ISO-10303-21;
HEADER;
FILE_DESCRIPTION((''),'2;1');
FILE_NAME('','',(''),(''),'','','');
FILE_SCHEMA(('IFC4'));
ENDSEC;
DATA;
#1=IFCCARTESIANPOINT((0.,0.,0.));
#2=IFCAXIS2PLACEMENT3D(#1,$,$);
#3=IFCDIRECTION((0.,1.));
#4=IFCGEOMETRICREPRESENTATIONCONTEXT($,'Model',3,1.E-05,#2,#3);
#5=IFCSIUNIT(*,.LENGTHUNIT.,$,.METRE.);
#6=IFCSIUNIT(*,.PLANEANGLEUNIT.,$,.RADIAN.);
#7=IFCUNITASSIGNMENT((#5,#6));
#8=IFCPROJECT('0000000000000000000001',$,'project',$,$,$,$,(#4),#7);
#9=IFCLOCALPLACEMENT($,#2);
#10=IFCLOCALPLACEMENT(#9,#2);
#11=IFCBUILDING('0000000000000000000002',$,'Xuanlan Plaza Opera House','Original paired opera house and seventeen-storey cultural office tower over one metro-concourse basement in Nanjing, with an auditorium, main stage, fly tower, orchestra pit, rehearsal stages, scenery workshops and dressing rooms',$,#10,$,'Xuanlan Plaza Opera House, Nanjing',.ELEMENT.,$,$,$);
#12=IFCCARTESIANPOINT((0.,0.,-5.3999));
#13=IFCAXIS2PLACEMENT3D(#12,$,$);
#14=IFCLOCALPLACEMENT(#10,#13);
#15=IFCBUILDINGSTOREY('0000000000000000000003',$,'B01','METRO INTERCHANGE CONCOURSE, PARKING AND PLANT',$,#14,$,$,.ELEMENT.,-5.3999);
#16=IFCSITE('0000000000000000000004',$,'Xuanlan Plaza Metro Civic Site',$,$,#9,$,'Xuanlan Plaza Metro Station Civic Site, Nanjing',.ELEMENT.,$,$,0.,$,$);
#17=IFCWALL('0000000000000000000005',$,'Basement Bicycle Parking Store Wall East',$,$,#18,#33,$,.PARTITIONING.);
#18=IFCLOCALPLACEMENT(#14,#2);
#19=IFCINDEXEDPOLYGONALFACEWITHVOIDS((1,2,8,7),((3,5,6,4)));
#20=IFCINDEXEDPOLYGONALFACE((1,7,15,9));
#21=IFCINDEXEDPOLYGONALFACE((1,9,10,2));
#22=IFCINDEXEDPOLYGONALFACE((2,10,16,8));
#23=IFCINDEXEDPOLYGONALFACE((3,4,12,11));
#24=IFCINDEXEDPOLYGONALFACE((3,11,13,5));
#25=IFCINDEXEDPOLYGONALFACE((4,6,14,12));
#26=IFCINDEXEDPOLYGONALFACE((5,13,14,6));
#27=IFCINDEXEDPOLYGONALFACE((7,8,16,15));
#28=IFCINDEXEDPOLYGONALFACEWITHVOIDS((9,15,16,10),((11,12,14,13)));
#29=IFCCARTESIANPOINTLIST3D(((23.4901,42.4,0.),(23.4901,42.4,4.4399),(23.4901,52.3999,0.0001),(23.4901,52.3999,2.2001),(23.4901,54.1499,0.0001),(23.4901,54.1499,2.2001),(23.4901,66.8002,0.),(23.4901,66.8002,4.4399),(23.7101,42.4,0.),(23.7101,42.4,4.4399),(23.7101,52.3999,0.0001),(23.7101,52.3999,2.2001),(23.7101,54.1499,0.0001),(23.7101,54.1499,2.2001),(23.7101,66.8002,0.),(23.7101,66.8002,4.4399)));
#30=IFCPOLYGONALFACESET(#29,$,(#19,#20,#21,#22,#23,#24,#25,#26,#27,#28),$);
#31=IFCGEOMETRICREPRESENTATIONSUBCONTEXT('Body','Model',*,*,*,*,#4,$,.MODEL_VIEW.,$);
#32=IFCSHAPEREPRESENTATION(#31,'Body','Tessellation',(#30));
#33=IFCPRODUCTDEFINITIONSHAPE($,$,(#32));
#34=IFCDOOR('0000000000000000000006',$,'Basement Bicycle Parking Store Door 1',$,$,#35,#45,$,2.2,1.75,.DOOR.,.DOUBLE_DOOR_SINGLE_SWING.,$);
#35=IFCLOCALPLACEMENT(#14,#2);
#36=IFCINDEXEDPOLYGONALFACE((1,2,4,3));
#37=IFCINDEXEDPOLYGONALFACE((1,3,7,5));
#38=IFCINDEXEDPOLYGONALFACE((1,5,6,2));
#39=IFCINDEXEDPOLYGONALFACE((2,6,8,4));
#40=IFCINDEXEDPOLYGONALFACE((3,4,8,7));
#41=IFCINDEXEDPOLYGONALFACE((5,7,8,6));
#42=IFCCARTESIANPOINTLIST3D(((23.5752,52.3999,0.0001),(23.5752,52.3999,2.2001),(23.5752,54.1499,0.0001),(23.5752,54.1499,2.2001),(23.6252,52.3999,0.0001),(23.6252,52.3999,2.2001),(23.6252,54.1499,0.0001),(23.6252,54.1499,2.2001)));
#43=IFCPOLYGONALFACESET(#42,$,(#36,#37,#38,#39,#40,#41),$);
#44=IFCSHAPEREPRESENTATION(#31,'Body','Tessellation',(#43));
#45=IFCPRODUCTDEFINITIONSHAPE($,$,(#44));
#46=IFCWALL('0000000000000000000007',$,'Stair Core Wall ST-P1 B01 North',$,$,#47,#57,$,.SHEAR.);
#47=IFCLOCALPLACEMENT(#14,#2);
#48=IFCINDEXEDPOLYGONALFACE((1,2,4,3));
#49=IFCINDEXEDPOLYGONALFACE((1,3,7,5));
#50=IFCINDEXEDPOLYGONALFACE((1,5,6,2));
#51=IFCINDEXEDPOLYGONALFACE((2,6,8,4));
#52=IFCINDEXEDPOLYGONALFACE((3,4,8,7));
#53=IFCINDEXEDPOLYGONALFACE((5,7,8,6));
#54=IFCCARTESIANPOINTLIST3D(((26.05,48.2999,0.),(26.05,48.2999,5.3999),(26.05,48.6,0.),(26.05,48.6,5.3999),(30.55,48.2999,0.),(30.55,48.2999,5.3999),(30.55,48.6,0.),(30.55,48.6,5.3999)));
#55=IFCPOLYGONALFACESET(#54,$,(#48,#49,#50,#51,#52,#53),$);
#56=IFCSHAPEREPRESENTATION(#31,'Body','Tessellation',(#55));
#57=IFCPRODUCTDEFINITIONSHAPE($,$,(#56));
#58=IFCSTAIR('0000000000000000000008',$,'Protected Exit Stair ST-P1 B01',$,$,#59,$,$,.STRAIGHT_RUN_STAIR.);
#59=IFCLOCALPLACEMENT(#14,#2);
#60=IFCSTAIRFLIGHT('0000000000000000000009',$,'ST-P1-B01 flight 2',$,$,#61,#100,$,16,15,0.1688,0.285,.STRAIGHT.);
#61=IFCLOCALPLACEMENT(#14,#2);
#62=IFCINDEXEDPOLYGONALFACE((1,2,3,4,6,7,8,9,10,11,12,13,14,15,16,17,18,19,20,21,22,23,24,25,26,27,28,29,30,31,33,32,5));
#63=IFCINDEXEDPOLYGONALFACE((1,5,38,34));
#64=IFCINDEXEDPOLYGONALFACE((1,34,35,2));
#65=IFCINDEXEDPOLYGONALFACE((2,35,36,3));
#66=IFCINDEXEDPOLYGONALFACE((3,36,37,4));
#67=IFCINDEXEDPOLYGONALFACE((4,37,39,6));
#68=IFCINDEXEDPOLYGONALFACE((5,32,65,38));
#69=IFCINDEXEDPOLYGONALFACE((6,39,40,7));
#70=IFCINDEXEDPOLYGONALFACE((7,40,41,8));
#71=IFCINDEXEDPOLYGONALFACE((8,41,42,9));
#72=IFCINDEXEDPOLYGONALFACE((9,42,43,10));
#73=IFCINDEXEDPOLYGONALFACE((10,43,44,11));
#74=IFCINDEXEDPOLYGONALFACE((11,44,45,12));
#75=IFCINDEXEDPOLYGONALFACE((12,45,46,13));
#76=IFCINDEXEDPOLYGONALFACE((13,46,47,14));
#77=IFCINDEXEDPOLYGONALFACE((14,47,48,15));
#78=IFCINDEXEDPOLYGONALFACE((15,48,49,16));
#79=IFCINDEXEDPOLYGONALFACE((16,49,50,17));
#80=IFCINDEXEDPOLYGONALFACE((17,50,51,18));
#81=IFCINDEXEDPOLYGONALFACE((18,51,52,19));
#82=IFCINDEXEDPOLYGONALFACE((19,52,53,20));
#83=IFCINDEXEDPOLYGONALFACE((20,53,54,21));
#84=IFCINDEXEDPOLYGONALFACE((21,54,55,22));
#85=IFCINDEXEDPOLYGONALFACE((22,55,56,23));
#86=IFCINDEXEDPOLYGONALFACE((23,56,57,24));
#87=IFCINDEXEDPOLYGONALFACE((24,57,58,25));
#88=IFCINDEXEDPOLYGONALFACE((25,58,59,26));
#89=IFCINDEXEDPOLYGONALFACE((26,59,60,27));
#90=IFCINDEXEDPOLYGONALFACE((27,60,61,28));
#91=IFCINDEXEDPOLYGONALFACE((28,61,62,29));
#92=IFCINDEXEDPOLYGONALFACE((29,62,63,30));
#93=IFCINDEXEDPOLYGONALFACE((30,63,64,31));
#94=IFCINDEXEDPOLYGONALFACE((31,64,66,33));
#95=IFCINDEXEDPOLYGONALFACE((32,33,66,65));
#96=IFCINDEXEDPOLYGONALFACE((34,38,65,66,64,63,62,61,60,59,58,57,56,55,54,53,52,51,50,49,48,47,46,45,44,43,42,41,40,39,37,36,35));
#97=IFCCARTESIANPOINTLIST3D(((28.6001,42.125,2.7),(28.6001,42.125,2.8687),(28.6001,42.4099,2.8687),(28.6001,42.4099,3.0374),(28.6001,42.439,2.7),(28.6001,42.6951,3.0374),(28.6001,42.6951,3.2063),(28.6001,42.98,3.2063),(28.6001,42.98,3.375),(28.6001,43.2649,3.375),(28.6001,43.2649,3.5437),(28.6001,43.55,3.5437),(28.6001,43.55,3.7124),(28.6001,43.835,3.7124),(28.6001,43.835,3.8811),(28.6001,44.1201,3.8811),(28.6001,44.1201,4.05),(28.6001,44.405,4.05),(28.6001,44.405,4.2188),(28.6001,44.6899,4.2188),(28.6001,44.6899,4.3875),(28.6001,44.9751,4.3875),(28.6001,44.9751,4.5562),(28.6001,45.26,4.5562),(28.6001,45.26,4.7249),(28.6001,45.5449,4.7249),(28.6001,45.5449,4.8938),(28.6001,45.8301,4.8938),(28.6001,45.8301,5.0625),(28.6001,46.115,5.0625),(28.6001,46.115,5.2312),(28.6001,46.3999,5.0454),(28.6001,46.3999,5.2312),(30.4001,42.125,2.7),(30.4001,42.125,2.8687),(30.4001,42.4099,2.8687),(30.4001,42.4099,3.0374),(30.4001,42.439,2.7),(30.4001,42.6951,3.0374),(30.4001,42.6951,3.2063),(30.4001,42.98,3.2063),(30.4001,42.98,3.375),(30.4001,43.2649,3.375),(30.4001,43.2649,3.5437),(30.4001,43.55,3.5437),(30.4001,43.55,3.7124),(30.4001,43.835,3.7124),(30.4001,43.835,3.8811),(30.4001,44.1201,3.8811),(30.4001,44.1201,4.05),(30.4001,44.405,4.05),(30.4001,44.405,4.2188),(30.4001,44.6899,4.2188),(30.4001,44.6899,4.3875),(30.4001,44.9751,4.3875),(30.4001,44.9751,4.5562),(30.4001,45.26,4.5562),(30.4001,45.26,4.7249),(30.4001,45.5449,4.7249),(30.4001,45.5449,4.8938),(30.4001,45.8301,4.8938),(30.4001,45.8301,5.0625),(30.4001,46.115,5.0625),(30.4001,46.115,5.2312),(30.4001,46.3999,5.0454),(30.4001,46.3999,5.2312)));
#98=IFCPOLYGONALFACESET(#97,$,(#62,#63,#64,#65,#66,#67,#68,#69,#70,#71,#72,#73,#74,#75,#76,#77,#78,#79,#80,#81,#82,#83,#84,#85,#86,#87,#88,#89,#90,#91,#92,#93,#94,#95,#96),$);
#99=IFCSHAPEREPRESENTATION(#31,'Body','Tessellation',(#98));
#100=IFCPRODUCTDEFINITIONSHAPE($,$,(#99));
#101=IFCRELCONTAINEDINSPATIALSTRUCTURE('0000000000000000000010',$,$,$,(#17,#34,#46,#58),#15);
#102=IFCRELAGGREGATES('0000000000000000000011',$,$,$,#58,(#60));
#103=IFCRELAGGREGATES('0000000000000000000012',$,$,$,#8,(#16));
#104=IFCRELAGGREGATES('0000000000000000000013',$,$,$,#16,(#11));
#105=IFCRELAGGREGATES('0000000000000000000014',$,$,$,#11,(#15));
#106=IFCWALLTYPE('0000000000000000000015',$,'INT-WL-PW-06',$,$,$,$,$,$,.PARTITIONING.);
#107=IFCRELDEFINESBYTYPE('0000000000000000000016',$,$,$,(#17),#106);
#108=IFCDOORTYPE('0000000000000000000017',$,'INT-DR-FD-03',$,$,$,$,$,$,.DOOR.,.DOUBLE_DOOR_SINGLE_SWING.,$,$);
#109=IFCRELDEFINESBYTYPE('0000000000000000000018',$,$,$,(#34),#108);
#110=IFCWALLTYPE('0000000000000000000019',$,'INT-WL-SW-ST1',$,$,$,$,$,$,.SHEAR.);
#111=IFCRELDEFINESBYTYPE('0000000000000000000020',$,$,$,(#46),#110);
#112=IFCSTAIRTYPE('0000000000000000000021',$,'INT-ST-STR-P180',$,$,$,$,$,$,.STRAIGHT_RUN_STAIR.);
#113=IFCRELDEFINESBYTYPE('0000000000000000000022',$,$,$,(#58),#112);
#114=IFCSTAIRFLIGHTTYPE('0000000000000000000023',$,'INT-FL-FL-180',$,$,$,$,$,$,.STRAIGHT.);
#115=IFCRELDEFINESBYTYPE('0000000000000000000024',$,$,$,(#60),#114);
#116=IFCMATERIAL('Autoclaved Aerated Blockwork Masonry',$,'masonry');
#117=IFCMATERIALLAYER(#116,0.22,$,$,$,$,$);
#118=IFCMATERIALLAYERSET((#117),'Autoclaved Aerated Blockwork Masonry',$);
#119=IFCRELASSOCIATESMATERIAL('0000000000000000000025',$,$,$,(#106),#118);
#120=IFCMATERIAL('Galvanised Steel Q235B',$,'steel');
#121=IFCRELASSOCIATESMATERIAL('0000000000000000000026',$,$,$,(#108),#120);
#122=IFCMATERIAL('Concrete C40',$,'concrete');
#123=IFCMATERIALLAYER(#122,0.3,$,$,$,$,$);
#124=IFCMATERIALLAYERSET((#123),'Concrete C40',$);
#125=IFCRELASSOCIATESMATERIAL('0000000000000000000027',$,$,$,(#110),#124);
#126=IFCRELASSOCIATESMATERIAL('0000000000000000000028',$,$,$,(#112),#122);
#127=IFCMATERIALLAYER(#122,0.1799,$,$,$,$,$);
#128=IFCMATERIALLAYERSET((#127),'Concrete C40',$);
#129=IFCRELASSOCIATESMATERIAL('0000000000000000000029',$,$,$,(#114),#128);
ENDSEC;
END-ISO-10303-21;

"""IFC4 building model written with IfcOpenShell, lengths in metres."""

from ifc_helpers import new_model, si_unit, direction, frame, frame_2d, origin, place, context, subcontext, project, spatial, polyline, rectangle, outline, extrude, material, layer, layer_set, type_object, element, fill, aggregate, save


model = new_model("IFC4")

# Units and contexts
model_context = context("Model", 3, precision=1e-05, world=origin(), true_north=direction((0.0, 1.0)))
body_context = subcontext(model_context, "Body", "Model", "MODEL_VIEW")
ifc_project = project(units=[si_unit("LENGTHUNIT", "METRE"), si_unit("PLANEANGLEUNIT", "RADIAN")], contexts=[model_context])

# Site, building, storey
site_placement = place(None, origin())
site = spatial("IfcSite", under=ifc_project, at=site_placement, Name="Xuanlan Plaza Metro Civic Site", LongName="Xuanlan Plaza Metro Station Civic Site, Nanjing", CompositionType="ELEMENT", RefElevation=0.0)
building_placement = place(site_placement, origin())
building = spatial("IfcBuilding", under=site, at=building_placement, Name="Xuanlan Plaza Opera House", Description="Original paired opera house and seventeen-storey cultural office tower over one metro-concourse basement in Nanjing, with an auditorium, main stage, fly tower, orchestra pit, rehearsal stages, scenery workshops and dressing rooms", LongName="Xuanlan Plaza Opera House, Nanjing", CompositionType="ELEMENT")
storey_placement = place(building_placement, frame((0.0, 0.0, -5.3999)))
storey = spatial("IfcBuildingStorey", under=building, at=storey_placement, Name="B01", Description="METRO INTERCHANGE CONCOURSE, PARKING AND PLANT", CompositionType="ELEMENT", Elevation=-5.3999)

# Shared definitions
ifc_material_1 = material(Name="Concrete C40", Category="concrete")

# Wall, opening, door
ifc_material_2 = material(Name="Autoclaved Aerated Blockwork Masonry", Category="masonry")
ifc_layer_1 = layer(ifc_material_2, 0.22)
ifc_layer_set_1 = layer_set([ifc_layer_1], Name="Autoclaved Aerated Blockwork Masonry")
wall_type_1 = type_object("IfcWallType", Name="INT-WL-PW-06", PredefinedType="PARTITIONING", material=ifc_layer_set_1)
wall_1_placement = place(storey_placement, frame((23.6001, 42.3999, 0.0), z_axis=(0.0, 0.0, 1.0), x_axis=(0.0, 1.0, 0.0)))
wall_1 = element("IfcWall", 1, at=wall_1_placement, inside=storey, type_object=wall_type_1, Name="Basement Bicycle Parking Store Wall East", PredefinedType="PARTITIONING", context=body_context, shape_type="SweptSolid", body=[
    extrude(rectangle(XDim=24.4001, YDim=0.22, at=frame_2d((12.2002, 0.0))), origin(), (0.0, 0.0, 1.0), 4.4399),
])
opening_placement = place(wall_1_placement, frame((10.0, 0.0, 0.0)))
opening = element("IfcOpeningElement", 2, at=opening_placement, cuts=wall_1, PredefinedType="OPENING", context=body_context, shape_type="SweptSolid", body=[
    extrude(rectangle(XDim=1.75, YDim=2.2, at=frame_2d((0.875, 1.1001))), frame((0.0, 0.1199, 0.0), z_axis=(0.0, -1.0, 0.0), x_axis=(1.0, 0.0, 0.0)), (0.0, 0.0, 1.0), 0.24),
])
ifc_material_3 = material(Name="Galvanised Steel Q235B", Category="steel")
door_type = type_object("IfcDoorType", Name="INT-DR-FD-03", OperationType="DOUBLE_DOOR_SINGLE_SWING", PredefinedType="DOOR", material=ifc_material_3)
door_placement = place(opening_placement, origin())
door = element("IfcDoor", 3, at=door_placement, inside=storey, type_object=door_type, Name="Basement Bicycle Parking Store Door 1", OperationType="DOUBLE_DOOR_SINGLE_SWING", OverallHeight=2.2, OverallWidth=1.75, PredefinedType="DOOR", context=body_context, shape_type="SweptSolid", body=[
    extrude(rectangle(XDim=1.75, YDim=2.2, at=frame_2d((0.875, 1.1001))), frame((0.0, 0.0249, 0.0), z_axis=(0.0, -1.0, 0.0), x_axis=(1.0, 0.0, 0.0)), (0.0, 0.0, 1.0), 0.05),
])
fill(opening, door)

# Wall
ifc_layer_2 = layer(ifc_material_1, 0.3)
ifc_layer_set_2 = layer_set([ifc_layer_2], Name="Concrete C40")
wall_type_2 = type_object("IfcWallType", Name="INT-WL-SW-ST1", PredefinedType="SHEAR", material=ifc_layer_set_2)
wall_2_placement = place(storey_placement, frame((26.05, 48.45, 0.0), z_axis=(0.0, 0.0, 1.0), x_axis=(1.0, 0.0, 0.0)))
element("IfcWall", 4, at=wall_2_placement, inside=storey, type_object=wall_type_2, Name="Stair Core Wall ST-P1 B01 North", PredefinedType="SHEAR", context=body_context, shape_type="SweptSolid", body=[
    extrude(rectangle(XDim=4.5, YDim=0.3, at=frame_2d((2.25, 0.0))), origin(), (0.0, 0.0, 1.0), 5.3999),
])

# Stair, stair flight
stair_type = type_object("IfcStairType", Name="INT-ST-STR-P180", PredefinedType="STRAIGHT_RUN_STAIR", material=ifc_material_1)
stair_placement = place(storey_placement, origin())
stair = element("IfcStair", 5, at=stair_placement, inside=storey, type_object=stair_type, Name="Protected Exit Stair ST-P1 B01", PredefinedType="STRAIGHT_RUN_STAIR")
ifc_layer_3 = layer(ifc_material_1, 0.1799)
ifc_layer_set_3 = layer_set([ifc_layer_3], Name="Concrete C40")
stair_flight_type = type_object("IfcStairFlightType", Name="INT-FL-FL-180", PredefinedType="STRAIGHT", material=ifc_layer_set_3)
stair_flight_placement = place(storey_placement, frame((29.5, 42.125, 2.7), z_axis=(0.0, 0.0, 1.0), x_axis=(0.0, 1.0, 0.0)))
stair_flight = element("IfcStairFlight", 6, at=stair_flight_placement, type_object=stair_flight_type, Name="ST-P1-B01 flight 2", NumberOfRisers=16, NumberOfTreads=15, PredefinedType="STRAIGHT", RiserHeight=0.1688, TreadLength=0.285, context=body_context, shape_type="SweptSolid", body=[
    extrude(outline(polyline([(0.0, 0.0), (0.0, 0.1687), (0.2849, 0.1687), (0.2849, 0.3374), (0.5701, 0.3374), (0.5701, 0.5063), (0.855, 0.5063), (0.855, 0.675), (1.1399, 0.675), (1.1399, 0.8438), (1.425, 0.8438), (1.425, 1.0125), (1.71, 1.0125), (1.71, 1.1812), (1.9951, 1.1812), (1.9951, 1.3501), (2.28, 1.3501), (2.28, 1.5188), (2.5649, 1.5188), (2.5649, 1.6875), (2.8501, 1.6875), (2.8501, 1.8562), (3.135, 1.8562), (3.135, 2.0249), (3.4199, 2.0249), (3.4199, 2.1938), (3.7051, 2.1938), (3.7051, 2.3625), (3.99, 2.3625), (3.99, 2.5312), (4.2749, 2.5312), (4.2749, 2.7), (4.2749, 2.3455), (0.314, 0.0), (0.0, 0.0)])), frame((0.0, 0.8999, 0.0), z_axis=(0.0, -1.0, 0.0), x_axis=(1.0, 0.0, 0.0)), (0.0, 0.0, 1.0), 1.8),
])
aggregate(stair, [stair_flight])

save(model, "model.ifc")
